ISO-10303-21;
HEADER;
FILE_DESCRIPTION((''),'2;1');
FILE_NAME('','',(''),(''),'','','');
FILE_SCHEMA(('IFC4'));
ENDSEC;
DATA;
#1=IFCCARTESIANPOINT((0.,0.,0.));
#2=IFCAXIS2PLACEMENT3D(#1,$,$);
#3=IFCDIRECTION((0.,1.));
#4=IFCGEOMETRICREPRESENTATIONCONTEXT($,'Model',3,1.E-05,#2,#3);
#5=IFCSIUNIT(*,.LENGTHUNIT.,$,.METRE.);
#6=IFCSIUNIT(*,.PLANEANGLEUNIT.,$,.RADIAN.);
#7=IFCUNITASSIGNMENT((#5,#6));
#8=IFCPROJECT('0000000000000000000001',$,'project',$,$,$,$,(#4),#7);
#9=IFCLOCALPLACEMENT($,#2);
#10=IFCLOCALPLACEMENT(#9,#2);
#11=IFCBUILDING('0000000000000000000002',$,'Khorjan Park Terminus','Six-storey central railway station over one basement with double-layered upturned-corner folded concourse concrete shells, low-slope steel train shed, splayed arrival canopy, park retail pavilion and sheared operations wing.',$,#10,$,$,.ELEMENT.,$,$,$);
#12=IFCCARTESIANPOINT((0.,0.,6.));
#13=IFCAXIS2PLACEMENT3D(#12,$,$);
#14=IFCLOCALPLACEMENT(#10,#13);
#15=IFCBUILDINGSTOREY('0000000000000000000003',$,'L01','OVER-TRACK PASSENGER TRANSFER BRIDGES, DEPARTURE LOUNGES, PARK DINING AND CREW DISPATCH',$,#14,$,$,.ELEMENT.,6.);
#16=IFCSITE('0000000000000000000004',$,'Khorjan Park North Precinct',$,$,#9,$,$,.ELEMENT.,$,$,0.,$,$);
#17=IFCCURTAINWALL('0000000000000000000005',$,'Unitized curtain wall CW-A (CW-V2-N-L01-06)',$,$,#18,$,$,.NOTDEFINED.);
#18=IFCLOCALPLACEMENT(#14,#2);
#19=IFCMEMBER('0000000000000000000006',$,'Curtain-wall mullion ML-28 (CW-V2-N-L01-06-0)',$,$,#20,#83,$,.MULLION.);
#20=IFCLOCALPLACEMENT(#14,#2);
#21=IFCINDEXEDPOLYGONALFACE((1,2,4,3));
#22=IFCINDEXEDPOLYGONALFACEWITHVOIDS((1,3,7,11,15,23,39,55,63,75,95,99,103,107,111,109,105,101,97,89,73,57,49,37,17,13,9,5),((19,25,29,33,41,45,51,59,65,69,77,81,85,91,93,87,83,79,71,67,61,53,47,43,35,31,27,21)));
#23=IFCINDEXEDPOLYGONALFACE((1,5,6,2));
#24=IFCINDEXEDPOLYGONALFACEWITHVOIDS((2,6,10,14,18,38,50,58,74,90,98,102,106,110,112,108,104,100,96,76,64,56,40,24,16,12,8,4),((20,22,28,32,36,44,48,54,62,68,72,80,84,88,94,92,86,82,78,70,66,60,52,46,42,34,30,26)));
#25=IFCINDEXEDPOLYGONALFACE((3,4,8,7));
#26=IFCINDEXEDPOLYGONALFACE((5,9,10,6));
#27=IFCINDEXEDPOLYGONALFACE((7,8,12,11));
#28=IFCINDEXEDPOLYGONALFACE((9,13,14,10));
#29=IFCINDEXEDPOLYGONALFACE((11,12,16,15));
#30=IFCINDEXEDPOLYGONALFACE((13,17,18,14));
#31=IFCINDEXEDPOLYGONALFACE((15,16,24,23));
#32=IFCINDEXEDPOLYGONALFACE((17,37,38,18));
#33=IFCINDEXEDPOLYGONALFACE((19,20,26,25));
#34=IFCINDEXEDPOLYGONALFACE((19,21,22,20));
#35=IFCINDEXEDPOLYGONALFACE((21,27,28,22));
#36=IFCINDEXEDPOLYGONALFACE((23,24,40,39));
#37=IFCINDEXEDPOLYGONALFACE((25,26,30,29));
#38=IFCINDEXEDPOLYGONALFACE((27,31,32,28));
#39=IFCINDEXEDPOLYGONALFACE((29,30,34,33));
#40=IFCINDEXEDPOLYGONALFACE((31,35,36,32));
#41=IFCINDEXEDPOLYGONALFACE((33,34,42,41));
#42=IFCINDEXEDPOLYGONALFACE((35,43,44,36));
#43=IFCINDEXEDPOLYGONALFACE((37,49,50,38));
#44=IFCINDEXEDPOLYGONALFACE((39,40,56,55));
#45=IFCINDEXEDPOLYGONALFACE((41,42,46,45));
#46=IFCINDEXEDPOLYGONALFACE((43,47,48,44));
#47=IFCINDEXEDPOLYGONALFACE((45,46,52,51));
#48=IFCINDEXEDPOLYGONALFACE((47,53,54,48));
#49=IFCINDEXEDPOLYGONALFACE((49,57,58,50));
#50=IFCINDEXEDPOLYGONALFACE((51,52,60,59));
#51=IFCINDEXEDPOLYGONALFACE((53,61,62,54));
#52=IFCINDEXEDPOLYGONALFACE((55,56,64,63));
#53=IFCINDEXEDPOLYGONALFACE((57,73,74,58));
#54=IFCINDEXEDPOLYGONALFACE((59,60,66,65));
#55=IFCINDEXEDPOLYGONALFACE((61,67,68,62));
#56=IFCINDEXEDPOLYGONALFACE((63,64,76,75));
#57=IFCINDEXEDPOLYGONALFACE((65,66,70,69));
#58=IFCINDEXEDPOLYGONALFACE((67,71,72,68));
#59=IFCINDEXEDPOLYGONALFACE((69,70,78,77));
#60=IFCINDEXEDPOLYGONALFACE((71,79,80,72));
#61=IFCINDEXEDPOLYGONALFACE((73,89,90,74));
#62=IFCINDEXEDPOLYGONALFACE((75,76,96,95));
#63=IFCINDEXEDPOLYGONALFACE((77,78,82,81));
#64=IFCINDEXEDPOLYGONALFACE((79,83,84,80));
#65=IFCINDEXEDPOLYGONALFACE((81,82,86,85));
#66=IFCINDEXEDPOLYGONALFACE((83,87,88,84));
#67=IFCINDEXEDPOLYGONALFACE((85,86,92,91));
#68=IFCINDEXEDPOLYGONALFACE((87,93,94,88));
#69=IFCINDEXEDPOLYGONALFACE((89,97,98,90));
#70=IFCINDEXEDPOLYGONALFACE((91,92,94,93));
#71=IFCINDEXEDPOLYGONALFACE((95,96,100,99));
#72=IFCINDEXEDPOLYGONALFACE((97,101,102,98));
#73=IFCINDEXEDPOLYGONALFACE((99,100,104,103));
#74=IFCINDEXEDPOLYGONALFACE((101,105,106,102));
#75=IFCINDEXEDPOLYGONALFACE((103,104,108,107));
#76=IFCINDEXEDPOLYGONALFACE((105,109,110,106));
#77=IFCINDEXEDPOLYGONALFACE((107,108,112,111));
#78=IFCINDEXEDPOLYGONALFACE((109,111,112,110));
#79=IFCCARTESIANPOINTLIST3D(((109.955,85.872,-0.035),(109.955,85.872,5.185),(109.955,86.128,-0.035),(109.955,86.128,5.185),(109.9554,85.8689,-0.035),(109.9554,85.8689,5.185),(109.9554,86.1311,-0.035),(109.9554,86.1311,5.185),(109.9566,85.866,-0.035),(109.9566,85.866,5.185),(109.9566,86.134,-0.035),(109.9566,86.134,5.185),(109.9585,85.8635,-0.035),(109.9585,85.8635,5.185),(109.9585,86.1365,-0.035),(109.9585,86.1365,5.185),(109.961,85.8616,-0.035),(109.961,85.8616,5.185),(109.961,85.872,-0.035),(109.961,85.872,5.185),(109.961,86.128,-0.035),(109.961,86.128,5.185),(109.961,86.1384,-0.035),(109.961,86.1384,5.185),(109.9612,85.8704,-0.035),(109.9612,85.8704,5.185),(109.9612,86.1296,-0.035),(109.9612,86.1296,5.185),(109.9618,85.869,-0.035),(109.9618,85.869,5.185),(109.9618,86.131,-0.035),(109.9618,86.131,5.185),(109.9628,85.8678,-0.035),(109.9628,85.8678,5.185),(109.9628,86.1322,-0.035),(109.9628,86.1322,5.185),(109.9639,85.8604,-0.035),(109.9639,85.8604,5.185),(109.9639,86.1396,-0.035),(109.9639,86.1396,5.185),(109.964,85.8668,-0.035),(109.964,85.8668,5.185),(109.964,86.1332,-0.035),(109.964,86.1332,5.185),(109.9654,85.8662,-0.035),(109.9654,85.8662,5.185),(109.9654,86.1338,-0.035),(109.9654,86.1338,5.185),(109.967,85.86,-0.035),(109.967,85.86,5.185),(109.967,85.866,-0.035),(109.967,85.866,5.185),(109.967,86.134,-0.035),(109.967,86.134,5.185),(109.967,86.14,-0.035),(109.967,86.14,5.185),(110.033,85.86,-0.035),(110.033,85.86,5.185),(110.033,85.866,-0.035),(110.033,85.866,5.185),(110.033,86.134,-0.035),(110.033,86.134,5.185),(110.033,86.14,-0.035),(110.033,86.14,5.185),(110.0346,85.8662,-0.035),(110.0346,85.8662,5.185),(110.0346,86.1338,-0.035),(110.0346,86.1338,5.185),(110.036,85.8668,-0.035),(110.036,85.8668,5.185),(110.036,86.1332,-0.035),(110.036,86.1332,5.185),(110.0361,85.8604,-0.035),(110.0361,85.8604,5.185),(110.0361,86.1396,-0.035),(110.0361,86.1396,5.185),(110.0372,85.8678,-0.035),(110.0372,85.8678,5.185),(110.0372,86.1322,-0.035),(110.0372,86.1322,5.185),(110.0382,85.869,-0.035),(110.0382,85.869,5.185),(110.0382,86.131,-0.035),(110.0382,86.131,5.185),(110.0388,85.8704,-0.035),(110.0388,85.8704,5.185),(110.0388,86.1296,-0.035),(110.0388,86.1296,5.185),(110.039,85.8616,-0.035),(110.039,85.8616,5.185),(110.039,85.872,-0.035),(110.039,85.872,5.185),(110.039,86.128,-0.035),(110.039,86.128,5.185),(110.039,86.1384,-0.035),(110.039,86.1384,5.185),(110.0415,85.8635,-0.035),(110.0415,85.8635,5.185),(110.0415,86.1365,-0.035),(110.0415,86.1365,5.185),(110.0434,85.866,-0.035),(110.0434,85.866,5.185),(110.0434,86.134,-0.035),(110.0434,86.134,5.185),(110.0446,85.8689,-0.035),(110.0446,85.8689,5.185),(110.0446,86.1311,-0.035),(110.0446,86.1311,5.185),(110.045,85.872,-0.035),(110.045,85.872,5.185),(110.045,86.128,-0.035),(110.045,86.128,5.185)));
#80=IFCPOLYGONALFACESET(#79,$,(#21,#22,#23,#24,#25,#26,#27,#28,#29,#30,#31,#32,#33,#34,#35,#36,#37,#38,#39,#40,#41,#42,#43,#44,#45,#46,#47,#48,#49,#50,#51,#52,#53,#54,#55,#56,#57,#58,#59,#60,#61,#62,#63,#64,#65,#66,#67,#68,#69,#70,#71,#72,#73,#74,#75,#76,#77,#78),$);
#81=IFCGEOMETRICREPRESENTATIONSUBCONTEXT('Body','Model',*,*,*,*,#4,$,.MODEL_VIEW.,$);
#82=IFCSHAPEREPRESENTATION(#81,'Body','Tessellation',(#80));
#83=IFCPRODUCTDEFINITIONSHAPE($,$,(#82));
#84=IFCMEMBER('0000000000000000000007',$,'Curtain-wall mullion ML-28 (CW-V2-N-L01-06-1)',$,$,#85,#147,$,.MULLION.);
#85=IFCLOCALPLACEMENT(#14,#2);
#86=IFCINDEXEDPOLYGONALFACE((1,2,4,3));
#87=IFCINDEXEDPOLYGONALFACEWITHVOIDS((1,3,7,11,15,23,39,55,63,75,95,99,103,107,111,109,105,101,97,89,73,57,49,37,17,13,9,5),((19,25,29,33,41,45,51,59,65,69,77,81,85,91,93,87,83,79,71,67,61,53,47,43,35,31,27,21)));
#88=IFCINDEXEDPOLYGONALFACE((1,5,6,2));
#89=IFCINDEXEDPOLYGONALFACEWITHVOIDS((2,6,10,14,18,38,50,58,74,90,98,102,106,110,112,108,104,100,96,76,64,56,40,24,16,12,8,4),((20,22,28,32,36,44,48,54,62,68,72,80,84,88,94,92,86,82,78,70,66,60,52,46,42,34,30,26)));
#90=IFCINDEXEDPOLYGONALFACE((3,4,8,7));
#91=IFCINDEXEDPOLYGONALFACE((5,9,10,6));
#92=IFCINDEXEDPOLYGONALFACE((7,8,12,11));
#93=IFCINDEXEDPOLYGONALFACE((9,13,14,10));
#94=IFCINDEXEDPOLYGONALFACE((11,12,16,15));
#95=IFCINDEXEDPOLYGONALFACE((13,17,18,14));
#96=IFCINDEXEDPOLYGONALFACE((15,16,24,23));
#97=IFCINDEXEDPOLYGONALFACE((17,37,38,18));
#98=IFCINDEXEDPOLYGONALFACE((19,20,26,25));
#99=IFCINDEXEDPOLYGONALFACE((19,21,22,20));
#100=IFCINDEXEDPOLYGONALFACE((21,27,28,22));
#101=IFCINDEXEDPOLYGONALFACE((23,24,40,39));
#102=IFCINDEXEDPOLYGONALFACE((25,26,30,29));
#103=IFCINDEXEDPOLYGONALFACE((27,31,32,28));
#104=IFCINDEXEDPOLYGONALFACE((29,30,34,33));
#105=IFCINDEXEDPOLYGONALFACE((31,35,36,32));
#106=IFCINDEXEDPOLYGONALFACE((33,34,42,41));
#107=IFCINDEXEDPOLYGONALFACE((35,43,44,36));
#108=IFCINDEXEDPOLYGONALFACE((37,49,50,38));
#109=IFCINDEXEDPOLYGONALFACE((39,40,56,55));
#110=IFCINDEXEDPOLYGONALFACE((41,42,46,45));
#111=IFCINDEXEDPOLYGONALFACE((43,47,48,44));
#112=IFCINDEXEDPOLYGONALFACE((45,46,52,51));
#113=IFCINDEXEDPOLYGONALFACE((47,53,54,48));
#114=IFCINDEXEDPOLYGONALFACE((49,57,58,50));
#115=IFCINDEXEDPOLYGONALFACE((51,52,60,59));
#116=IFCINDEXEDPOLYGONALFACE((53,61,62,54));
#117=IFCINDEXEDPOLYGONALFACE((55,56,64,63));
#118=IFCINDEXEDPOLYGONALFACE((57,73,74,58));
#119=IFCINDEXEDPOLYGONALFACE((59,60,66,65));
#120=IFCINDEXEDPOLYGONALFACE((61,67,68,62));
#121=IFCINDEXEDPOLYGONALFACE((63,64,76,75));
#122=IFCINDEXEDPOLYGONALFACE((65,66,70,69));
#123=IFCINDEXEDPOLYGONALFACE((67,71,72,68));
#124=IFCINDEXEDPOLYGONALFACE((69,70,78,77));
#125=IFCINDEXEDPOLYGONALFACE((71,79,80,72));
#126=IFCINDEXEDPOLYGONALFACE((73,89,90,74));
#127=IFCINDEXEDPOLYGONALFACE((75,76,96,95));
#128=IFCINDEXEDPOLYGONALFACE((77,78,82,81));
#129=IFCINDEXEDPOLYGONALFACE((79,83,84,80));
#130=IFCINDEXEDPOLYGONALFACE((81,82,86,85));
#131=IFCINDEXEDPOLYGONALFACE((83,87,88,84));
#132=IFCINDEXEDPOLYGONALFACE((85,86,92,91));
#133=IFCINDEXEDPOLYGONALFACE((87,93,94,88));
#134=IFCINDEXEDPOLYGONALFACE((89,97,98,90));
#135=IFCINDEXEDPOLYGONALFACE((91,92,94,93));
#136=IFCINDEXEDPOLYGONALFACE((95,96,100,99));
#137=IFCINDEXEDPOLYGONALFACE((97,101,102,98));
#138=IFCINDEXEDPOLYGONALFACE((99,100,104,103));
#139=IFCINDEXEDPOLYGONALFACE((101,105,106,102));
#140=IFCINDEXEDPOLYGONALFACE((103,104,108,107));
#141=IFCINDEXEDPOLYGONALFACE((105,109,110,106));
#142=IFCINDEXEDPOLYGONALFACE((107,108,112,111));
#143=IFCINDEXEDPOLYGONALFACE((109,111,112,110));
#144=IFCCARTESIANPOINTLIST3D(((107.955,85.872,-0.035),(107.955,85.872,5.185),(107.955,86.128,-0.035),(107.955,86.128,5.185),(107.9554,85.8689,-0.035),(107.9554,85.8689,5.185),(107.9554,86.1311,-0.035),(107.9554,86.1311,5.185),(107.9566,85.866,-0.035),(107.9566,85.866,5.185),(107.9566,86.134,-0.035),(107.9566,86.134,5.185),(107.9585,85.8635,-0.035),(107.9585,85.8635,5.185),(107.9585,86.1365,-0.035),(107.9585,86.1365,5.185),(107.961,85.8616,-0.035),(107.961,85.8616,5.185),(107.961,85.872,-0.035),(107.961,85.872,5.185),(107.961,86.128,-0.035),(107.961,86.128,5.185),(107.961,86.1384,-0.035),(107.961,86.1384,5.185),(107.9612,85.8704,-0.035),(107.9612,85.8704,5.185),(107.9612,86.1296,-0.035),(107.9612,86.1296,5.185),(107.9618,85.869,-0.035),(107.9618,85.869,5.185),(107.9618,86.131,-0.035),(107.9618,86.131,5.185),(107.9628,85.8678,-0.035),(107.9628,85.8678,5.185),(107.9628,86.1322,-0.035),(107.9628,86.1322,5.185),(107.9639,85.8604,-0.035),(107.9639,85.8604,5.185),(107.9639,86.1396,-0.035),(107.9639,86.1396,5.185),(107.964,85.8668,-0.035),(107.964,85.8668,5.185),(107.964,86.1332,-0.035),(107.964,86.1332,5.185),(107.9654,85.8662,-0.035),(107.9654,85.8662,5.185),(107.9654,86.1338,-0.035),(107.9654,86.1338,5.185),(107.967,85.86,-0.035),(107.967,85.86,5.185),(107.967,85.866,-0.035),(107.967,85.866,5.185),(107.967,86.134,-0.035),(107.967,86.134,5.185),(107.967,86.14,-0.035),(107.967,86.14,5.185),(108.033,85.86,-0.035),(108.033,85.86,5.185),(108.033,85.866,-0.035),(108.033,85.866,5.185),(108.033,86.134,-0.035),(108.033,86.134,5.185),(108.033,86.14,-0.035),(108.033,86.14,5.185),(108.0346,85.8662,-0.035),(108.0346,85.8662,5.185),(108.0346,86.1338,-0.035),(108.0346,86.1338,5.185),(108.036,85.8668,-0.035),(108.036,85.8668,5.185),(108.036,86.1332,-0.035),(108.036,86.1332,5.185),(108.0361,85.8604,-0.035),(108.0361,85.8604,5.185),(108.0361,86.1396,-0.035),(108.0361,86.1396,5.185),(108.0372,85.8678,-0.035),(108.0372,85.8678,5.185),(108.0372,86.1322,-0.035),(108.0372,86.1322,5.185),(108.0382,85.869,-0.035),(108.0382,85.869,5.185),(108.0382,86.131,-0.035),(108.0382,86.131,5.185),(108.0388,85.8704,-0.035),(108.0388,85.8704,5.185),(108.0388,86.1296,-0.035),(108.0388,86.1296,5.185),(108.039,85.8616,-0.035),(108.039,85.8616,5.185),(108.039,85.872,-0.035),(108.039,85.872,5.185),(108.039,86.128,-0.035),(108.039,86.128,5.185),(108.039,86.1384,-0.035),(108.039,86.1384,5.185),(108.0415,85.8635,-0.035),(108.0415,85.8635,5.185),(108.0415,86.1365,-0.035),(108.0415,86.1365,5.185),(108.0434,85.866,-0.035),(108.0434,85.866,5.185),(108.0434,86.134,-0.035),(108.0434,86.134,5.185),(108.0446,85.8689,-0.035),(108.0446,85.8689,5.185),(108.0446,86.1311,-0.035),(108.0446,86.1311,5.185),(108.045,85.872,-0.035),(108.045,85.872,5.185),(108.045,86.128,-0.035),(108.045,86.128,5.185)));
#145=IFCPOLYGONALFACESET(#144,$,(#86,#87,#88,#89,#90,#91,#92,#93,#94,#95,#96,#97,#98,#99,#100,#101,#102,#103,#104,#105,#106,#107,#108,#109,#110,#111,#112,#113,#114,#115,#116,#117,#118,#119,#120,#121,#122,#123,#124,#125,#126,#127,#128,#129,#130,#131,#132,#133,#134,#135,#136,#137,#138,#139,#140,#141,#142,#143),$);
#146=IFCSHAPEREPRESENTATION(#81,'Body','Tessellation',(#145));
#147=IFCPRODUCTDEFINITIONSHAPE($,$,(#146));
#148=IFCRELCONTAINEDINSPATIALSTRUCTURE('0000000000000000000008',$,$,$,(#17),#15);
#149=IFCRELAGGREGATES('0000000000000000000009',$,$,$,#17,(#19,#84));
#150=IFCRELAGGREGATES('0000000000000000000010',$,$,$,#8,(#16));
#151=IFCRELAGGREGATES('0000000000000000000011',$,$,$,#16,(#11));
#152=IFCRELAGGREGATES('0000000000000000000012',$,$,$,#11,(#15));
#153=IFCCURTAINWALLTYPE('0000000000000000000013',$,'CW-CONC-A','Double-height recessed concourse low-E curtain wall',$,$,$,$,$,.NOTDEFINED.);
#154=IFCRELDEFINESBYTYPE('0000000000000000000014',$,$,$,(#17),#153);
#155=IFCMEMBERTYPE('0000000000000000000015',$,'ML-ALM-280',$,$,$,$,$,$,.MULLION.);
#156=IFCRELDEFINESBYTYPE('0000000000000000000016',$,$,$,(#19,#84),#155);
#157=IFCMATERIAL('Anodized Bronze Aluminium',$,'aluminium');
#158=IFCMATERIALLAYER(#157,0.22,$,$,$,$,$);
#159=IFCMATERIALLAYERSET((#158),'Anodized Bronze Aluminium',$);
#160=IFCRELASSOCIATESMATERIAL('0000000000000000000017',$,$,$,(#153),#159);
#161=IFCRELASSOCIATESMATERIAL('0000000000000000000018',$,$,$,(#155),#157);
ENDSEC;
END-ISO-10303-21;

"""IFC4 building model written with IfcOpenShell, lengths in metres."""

from ifc_helpers import new_model, si_unit, direction, frame, origin, origin_2d, place, context, subcontext, project, spatial, hollow_rectangle, extrude, material, layer, layer_set, material_profile, profile_set, type_object, element, aggregate, save


model = new_model("IFC4")

# Units and contexts
model_context = context("Model", 3, precision=1e-05, world=origin(), true_north=direction((0.0, 1.0)))
body_context = subcontext(model_context, "Body", "Model", "MODEL_VIEW")
ifc_project = project(units=[si_unit("LENGTHUNIT", "METRE"), si_unit("PLANEANGLEUNIT", "RADIAN")], contexts=[model_context])

# Site, building, storey
site_placement = place(None, origin())
site = spatial("IfcSite", under=ifc_project, at=site_placement, Name="Khorjan Park North Precinct", CompositionType="ELEMENT", RefElevation=0.0)
building_placement = place(site_placement, origin())
building = spatial("IfcBuilding", under=site, at=building_placement, Name="Khorjan Park Terminus", Description="Six-storey central railway station over one basement with double-layered upturned-corner folded concourse concrete shells, low-slope steel train shed, splayed arrival canopy, park retail pavilion and sheared operations wing.", CompositionType="ELEMENT")
storey_placement = place(building_placement, frame((0.0, 0.0, 6.0)))
storey = spatial("IfcBuildingStorey", under=building, at=storey_placement, Name="L01", Description="OVER-TRACK PASSENGER TRANSFER BRIDGES, DEPARTURE LOUNGES, PARK DINING AND CREW DISPATCH", CompositionType="ELEMENT", Elevation=6.0)

# Curtain wall, members
ifc_material_1 = material(Name="Anodized Bronze Aluminium", Category="aluminium")
ifc_layer_1 = layer(ifc_material_1, 0.22)
ifc_layer_set_1 = layer_set([ifc_layer_1], Name="Anodized Bronze Aluminium")
curtain_wall_type_1 = type_object("IfcCurtainWallType", Name="CW-CONC-A", Description="Double-height recessed concourse low-E curtain wall", PredefinedType="NOTDEFINED", material=ifc_layer_set_1)
curtain_wall_1_placement = place(storey_placement, origin())
curtain_wall_1 = element("IfcCurtainWall", 1, at=curtain_wall_1_placement, inside=storey, type_object=curtain_wall_type_1, Name="Unitized curtain wall CW-A (CW-V2-N-L01-06)", PredefinedType="NOTDEFINED")
ifc_material_profile_1 = material_profile(ifc_material_1, hollow_rectangle(XDim=0.09, YDim=0.28, WallThickness=0.006, InnerFilletRadius=0.006, OuterFilletRadius=0.012, at=origin_2d()), Name="ALM 90x280x6")
ifc_profile_set_1 = profile_set([ifc_material_profile_1], Name="Anodized Bronze Aluminium")
member_type_1 = type_object("IfcMemberType", Name="ML-ALM-280", PredefinedType="MULLION", material=ifc_profile_set_1)
member_1_placement = place(storey_placement, frame((110.0, 86.0, -0.035), z_axis=(0.0, 0.0, 1.0), x_axis=(-1.0, 0.0, 0.0)))
member_1 = element("IfcMember", 2, at=member_1_placement, type_object=member_type_1, Name="Curtain-wall mullion ML-28 (CW-V2-N-L01-06-0)", PredefinedType="MULLION", context=body_context, shape_type="SweptSolid", body=[
    extrude(hollow_rectangle(XDim=0.09, YDim=0.28, WallThickness=0.006, InnerFilletRadius=0.006, OuterFilletRadius=0.012, at=origin_2d()), origin(), (0.0, 0.0, 1.0), 5.22),
])
member_2_placement = place(storey_placement, frame((108.0, 86.0, -0.035), z_axis=(0.0, 0.0, 1.0), x_axis=(-1.0, 0.0, 0.0)))
member_2 = element("IfcMember", 3, at=member_2_placement, type_object=member_type_1, Name="Curtain-wall mullion ML-28 (CW-V2-N-L01-06-1)", PredefinedType="MULLION", context=body_context, shape_type="SweptSolid", body=[
    extrude(hollow_rectangle(XDim=0.09, YDim=0.28, WallThickness=0.006, InnerFilletRadius=0.006, OuterFilletRadius=0.012, at=origin_2d()), origin(), (0.0, 0.0, 1.0), 5.22),
])

aggregate(curtain_wall_1, [member_1, member_2])

save(model, "model.ifc")
